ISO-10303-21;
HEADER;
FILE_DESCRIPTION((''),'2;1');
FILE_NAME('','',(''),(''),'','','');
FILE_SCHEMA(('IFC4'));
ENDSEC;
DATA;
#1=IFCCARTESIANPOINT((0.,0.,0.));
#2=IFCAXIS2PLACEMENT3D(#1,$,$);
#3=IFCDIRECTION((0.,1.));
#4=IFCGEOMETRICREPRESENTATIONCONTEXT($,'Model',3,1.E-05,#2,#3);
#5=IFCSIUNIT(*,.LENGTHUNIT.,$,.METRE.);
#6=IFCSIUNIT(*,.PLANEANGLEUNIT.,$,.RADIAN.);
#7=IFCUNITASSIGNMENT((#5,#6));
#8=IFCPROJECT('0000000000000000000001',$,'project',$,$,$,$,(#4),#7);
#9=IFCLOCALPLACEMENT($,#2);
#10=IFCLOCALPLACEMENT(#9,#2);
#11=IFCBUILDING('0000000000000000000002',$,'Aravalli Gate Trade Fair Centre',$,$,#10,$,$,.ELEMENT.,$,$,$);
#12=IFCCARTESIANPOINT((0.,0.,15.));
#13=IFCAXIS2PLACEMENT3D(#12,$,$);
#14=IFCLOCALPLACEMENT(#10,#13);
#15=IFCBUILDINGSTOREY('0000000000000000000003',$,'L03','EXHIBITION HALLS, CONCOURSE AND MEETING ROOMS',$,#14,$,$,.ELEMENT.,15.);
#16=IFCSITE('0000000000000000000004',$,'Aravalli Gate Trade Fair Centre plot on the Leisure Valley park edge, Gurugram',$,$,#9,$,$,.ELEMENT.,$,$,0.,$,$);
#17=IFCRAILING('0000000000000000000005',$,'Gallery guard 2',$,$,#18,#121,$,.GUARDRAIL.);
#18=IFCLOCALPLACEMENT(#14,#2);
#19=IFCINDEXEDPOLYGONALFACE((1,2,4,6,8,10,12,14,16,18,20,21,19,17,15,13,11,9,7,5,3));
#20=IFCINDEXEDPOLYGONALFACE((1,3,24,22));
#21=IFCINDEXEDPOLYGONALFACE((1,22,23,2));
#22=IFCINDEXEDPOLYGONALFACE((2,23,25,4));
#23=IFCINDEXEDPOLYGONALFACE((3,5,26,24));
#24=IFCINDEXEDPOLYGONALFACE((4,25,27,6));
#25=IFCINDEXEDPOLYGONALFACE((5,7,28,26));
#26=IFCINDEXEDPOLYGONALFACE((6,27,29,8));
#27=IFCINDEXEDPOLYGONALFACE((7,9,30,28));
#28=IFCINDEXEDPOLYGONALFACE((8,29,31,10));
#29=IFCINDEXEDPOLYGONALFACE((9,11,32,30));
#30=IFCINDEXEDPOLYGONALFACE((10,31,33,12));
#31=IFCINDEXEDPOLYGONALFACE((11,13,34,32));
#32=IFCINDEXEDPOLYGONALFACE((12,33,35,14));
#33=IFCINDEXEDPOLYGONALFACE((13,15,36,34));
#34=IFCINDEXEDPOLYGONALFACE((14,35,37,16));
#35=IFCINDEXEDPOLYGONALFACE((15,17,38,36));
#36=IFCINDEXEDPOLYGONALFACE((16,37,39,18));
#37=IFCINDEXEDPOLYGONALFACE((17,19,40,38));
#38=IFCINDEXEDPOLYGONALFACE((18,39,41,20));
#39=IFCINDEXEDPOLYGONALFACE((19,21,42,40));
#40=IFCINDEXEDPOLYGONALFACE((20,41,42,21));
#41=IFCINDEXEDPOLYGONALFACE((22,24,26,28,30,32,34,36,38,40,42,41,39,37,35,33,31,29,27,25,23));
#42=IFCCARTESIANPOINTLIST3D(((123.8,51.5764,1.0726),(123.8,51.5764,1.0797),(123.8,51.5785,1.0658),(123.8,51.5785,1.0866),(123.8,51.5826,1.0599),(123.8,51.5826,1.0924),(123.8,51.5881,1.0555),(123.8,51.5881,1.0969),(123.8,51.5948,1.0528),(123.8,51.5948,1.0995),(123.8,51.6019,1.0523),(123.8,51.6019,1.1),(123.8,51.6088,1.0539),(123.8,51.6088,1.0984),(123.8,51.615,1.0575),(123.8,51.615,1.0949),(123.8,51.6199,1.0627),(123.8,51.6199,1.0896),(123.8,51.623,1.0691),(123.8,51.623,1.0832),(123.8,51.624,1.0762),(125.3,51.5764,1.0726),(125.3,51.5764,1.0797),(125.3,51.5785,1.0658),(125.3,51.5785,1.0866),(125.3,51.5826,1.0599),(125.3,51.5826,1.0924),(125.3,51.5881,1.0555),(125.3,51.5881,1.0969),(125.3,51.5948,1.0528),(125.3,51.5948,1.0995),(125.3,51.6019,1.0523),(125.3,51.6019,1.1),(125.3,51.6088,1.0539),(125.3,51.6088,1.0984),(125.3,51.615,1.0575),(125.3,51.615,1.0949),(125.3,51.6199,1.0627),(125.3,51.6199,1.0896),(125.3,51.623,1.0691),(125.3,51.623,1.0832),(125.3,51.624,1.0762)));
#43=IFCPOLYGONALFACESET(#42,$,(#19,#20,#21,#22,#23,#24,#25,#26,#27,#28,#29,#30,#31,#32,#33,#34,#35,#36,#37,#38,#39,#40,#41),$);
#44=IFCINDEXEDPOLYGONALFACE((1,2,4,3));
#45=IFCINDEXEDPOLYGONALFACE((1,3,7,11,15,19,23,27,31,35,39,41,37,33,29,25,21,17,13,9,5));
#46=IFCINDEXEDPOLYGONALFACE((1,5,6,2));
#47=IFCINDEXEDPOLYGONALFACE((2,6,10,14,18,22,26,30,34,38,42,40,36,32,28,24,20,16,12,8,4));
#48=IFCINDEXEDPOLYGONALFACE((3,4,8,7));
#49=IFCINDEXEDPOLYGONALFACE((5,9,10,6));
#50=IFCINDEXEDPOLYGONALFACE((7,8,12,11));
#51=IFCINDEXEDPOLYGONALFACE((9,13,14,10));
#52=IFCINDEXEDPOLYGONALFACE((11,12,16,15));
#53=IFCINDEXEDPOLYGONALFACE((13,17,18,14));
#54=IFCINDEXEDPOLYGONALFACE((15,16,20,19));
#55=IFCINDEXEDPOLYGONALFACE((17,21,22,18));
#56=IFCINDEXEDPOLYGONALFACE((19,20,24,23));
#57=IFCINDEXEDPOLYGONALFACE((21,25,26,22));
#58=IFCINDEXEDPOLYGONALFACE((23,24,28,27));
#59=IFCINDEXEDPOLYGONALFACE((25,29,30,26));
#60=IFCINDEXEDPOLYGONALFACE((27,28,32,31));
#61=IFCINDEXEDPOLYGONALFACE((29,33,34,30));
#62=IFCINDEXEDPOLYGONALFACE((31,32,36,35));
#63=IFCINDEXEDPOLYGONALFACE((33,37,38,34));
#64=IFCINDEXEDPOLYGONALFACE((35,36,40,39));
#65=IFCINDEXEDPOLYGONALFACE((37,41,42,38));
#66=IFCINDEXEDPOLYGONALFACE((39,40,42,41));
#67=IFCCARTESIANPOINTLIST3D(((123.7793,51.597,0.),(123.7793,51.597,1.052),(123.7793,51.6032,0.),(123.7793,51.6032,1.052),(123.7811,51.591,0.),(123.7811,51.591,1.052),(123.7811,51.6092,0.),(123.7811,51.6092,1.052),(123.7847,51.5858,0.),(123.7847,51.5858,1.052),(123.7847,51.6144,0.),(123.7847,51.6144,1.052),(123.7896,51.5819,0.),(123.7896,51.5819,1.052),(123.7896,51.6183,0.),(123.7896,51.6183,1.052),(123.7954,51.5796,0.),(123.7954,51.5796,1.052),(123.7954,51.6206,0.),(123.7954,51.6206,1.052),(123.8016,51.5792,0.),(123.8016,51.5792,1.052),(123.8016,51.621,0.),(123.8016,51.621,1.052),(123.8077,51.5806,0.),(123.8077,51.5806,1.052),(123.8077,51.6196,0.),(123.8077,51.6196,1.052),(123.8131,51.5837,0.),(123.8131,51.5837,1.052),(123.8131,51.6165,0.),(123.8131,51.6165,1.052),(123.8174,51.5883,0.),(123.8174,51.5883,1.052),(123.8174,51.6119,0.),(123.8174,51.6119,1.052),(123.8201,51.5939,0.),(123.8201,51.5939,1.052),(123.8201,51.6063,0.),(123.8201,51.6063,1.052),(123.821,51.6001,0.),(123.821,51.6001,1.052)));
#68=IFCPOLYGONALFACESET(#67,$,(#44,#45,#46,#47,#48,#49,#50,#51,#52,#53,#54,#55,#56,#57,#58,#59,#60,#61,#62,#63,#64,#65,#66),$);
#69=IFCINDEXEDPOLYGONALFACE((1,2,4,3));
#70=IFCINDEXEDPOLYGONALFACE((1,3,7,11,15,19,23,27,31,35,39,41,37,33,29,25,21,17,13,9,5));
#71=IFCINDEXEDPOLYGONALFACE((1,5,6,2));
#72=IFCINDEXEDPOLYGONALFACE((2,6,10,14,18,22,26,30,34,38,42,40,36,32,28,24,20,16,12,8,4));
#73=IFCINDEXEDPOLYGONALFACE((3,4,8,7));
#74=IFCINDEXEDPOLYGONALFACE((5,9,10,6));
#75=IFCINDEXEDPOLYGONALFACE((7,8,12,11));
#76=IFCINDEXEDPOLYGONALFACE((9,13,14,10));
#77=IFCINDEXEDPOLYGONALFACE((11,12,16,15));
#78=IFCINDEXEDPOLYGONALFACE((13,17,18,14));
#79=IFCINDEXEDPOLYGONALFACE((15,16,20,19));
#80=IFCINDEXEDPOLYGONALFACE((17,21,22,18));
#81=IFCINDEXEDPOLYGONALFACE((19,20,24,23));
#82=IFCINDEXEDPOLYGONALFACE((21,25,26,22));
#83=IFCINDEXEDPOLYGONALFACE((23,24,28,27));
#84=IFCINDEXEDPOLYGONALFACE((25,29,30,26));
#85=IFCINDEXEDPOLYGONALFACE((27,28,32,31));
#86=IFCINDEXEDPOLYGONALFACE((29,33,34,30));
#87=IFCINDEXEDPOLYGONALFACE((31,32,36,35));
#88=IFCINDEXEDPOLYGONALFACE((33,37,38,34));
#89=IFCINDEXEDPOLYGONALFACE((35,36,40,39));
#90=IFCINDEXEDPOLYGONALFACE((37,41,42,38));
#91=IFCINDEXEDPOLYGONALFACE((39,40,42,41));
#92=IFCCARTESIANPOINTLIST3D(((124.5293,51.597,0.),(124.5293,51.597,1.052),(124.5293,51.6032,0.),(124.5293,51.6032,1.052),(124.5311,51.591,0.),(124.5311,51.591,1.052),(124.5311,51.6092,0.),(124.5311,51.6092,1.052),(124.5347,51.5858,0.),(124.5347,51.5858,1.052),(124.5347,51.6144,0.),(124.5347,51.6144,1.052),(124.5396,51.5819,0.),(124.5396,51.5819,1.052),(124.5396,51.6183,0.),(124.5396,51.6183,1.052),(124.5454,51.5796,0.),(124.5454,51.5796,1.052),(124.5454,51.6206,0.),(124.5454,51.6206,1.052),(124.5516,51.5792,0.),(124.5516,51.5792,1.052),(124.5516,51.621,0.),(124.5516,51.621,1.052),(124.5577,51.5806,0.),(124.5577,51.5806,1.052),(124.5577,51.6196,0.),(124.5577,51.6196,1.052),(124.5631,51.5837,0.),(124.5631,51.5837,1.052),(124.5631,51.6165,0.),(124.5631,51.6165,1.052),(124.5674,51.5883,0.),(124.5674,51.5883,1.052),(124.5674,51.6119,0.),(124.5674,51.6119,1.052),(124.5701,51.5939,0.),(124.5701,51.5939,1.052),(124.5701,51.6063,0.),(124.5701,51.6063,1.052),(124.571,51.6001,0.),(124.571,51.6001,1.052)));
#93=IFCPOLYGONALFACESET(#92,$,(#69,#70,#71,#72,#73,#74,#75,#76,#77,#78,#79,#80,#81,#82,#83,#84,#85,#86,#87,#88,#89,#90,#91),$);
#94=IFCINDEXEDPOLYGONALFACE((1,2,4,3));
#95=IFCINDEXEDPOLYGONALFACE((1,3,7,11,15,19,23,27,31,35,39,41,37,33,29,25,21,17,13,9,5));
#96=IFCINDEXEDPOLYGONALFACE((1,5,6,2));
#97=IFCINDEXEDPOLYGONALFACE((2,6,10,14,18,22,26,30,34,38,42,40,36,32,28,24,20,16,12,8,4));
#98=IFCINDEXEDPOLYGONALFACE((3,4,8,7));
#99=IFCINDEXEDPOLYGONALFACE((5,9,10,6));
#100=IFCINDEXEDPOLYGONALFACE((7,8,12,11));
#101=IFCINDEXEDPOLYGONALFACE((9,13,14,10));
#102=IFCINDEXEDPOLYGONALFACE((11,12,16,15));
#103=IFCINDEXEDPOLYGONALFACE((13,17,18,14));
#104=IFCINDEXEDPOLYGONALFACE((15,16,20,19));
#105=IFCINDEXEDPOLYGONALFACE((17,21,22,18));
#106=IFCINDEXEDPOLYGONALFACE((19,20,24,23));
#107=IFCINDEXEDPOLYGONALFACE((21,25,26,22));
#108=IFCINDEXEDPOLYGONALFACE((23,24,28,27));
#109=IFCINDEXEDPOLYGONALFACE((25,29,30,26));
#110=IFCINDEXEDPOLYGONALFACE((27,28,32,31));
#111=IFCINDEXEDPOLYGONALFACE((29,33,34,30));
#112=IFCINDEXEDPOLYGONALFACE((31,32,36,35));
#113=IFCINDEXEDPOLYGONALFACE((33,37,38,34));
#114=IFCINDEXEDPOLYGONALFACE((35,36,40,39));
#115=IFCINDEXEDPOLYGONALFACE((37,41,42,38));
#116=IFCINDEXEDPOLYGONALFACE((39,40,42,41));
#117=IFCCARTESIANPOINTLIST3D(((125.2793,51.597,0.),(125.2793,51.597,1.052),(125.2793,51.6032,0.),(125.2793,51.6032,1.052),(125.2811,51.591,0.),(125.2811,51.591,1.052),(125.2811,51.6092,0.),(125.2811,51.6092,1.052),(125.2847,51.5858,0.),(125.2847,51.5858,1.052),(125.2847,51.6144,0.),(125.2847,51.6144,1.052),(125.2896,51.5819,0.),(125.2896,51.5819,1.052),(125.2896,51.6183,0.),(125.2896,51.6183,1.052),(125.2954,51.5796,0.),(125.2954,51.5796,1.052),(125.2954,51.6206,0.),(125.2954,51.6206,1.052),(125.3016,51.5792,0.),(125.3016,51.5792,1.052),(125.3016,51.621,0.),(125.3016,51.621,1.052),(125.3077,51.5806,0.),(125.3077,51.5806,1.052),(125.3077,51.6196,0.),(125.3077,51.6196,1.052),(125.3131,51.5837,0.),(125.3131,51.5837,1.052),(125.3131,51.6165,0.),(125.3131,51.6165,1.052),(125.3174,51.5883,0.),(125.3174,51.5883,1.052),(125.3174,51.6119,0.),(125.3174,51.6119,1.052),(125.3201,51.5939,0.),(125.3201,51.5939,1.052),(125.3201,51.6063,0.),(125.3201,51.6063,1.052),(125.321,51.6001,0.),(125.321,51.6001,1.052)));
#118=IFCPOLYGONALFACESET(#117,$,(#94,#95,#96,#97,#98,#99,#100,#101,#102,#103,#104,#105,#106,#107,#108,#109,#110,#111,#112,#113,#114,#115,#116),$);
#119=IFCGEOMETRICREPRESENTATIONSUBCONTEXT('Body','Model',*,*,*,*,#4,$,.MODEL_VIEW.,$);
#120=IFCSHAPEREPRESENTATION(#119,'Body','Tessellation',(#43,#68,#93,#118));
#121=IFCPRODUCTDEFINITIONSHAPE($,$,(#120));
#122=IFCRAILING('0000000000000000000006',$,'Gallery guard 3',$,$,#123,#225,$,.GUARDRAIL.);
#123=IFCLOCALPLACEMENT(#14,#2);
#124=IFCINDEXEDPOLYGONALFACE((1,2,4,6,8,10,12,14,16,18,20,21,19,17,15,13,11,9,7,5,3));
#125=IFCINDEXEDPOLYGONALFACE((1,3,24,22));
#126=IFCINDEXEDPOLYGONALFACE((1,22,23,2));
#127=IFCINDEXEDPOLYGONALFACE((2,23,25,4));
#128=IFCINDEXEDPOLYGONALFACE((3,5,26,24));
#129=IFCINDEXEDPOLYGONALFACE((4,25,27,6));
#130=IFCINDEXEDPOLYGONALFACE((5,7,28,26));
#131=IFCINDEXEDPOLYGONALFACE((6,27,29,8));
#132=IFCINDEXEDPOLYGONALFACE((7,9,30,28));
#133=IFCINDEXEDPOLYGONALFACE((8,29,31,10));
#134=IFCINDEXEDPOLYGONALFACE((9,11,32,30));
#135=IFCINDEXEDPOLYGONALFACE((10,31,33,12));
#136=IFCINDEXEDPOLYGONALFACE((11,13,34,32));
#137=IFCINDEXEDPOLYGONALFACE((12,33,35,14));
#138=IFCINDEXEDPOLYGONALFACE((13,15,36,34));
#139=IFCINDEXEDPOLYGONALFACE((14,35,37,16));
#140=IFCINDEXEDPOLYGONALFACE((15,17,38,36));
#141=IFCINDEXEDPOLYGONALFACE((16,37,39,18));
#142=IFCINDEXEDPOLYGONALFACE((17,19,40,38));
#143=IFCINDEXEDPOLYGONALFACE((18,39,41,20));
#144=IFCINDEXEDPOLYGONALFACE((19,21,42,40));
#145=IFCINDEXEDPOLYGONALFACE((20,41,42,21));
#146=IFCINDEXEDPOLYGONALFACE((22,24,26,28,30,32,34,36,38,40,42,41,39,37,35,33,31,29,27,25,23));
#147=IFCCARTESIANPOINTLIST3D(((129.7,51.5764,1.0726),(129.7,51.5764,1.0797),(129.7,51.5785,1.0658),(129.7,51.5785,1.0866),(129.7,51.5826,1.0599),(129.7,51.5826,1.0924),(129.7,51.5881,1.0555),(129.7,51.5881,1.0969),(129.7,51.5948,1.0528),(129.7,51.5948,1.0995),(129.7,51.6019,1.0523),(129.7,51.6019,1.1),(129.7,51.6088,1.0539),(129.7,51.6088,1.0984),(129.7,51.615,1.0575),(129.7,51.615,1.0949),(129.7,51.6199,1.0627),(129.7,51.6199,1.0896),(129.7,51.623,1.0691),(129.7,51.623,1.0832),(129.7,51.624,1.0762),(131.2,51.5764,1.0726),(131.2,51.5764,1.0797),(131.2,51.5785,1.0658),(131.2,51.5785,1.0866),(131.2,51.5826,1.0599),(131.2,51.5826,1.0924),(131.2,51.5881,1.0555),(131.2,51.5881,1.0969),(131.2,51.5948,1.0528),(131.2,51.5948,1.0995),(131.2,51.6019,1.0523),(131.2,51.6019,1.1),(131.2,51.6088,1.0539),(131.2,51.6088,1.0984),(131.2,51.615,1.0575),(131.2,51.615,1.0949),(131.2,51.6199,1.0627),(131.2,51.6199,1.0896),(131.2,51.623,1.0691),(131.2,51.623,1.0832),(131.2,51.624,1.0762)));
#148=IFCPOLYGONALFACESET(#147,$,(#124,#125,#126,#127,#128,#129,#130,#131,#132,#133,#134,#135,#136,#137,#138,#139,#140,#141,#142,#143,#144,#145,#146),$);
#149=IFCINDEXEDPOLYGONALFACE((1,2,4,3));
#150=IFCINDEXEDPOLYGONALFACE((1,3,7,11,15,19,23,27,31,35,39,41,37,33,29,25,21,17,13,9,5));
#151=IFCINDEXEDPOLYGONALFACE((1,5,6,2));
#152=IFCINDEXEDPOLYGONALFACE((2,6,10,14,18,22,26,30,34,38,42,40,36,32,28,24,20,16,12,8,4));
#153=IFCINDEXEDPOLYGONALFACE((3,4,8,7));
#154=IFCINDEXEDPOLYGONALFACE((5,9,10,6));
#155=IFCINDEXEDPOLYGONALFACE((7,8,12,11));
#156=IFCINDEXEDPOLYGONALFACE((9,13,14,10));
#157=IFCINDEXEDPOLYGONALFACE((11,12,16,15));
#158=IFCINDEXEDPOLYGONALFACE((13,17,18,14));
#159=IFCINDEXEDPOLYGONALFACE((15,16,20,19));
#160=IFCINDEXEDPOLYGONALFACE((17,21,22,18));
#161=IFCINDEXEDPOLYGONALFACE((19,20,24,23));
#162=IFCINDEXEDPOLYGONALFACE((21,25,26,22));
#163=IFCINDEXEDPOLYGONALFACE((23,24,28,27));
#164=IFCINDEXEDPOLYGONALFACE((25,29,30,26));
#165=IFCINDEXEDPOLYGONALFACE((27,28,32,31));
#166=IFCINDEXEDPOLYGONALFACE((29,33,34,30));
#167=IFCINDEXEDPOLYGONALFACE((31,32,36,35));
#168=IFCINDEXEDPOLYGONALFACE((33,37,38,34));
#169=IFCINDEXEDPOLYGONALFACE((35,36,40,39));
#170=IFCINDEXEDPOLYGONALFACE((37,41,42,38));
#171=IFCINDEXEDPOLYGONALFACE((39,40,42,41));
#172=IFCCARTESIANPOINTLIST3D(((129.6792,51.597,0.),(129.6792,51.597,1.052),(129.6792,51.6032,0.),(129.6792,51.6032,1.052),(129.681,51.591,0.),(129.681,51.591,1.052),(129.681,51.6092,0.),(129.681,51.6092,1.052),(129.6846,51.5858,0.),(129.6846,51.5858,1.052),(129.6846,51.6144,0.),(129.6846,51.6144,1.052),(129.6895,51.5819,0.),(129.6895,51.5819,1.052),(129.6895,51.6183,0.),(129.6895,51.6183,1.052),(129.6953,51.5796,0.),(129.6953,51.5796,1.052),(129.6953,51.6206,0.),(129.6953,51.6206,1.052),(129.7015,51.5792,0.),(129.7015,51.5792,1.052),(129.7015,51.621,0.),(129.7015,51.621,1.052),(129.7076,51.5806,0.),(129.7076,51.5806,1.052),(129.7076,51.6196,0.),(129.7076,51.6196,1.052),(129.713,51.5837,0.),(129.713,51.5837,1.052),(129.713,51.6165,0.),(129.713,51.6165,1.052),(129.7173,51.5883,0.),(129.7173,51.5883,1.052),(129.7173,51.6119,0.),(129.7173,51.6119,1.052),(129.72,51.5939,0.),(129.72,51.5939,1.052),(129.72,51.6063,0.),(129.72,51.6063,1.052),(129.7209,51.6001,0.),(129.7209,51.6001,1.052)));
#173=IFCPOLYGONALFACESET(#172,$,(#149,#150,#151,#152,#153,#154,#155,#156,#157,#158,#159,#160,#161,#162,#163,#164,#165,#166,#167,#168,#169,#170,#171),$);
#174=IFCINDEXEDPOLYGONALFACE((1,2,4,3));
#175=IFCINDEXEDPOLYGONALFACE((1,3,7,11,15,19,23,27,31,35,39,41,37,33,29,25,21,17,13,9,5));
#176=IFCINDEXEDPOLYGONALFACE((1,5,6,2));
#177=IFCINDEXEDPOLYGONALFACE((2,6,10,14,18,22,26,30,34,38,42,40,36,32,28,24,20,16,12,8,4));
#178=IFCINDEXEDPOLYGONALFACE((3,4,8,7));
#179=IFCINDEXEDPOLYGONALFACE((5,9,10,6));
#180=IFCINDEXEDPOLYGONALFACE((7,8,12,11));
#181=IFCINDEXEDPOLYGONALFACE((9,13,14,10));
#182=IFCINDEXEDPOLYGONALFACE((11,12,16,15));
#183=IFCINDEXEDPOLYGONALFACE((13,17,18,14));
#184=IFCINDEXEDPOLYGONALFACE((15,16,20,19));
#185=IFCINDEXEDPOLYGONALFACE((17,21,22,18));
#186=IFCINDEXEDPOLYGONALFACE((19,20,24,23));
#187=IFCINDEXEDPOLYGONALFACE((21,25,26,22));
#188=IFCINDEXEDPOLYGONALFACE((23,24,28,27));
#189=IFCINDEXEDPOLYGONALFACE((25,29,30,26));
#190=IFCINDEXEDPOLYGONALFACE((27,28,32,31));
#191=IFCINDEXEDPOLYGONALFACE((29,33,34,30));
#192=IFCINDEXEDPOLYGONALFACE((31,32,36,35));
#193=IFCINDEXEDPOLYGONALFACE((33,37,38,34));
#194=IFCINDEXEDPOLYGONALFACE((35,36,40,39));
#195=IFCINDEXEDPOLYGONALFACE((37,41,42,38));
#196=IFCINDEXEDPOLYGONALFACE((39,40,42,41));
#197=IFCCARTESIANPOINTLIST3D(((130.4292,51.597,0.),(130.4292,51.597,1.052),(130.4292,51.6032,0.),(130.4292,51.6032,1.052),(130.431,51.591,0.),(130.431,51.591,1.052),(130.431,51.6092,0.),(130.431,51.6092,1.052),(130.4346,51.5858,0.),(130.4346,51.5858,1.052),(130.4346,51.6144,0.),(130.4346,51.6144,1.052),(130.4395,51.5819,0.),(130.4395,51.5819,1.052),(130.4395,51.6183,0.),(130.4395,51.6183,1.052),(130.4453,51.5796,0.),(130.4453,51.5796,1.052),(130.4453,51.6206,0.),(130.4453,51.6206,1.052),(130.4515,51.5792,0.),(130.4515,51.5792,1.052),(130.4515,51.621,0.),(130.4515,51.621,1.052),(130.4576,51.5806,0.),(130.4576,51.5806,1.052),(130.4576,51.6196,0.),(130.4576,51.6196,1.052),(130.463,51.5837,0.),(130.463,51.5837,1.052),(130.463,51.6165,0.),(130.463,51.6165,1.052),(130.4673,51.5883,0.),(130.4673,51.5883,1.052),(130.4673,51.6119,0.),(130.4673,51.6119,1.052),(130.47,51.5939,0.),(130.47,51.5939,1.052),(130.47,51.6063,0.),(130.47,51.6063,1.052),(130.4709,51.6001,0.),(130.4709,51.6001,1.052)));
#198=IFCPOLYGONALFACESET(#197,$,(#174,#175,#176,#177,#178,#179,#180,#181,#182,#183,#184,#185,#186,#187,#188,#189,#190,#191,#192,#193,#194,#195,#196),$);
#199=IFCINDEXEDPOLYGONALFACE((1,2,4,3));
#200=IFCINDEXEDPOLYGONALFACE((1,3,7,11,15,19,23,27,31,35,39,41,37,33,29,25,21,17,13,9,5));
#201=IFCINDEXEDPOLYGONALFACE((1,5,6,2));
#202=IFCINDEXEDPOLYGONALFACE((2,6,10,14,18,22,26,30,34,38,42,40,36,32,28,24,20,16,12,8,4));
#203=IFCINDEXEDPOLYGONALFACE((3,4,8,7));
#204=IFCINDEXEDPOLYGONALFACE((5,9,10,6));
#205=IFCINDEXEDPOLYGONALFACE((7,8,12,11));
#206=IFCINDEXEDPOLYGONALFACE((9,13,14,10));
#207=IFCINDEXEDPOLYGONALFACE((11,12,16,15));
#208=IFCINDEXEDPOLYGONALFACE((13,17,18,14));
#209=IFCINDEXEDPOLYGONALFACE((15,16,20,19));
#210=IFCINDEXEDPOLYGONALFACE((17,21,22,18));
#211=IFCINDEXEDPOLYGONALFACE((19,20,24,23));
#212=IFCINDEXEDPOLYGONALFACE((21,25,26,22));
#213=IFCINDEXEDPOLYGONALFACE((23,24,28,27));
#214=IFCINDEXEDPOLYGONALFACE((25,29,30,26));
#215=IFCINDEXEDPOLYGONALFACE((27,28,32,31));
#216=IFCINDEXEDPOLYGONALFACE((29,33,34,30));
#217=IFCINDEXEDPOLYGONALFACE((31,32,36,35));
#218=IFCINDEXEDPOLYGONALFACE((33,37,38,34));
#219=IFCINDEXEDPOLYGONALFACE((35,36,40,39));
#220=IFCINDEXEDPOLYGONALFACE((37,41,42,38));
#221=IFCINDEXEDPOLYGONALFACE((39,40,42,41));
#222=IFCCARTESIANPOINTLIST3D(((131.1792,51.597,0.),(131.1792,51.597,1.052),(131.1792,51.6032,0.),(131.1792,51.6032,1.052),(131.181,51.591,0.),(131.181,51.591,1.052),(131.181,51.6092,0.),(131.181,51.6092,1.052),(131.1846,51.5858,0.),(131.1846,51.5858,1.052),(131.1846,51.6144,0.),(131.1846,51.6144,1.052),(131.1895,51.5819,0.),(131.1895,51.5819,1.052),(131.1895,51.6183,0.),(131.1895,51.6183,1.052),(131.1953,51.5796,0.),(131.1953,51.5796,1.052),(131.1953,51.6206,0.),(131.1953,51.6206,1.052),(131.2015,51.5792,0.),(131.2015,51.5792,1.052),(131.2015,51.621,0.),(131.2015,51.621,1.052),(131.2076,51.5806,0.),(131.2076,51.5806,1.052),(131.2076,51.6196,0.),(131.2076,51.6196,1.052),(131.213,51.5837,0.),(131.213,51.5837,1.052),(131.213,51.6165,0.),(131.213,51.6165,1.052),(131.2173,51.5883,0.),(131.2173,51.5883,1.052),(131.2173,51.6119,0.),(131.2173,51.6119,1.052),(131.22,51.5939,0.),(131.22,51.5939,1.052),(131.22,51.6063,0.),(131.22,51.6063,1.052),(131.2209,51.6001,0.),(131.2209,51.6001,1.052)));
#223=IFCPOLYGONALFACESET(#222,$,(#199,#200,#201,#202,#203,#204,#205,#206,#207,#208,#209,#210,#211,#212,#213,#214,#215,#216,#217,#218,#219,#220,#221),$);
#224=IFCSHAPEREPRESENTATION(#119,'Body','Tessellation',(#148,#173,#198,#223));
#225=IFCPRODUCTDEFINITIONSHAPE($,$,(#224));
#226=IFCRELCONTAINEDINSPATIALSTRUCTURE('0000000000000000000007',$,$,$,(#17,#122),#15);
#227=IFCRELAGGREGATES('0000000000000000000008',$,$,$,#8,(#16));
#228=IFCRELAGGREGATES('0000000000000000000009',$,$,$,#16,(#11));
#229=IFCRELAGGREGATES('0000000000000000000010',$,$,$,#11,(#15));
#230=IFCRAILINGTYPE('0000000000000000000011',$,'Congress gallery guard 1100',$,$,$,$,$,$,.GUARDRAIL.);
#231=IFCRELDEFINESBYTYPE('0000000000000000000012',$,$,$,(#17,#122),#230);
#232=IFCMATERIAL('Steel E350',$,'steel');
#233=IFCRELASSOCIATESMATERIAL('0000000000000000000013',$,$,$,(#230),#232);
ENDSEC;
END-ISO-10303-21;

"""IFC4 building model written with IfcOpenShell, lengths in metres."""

from ifc_helpers import new_model, si_unit, direction, frame, origin, origin_2d, place, context, subcontext, project, spatial, circle, extrude, material, type_object, element, save


model = new_model("IFC4")

# Units and contexts
model_context = context("Model", 3, precision=1e-05, world=origin(), true_north=direction((0.0, 1.0)))
body_context = subcontext(model_context, "Body", "Model", "MODEL_VIEW")
ifc_project = project(units=[si_unit("LENGTHUNIT", "METRE"), si_unit("PLANEANGLEUNIT", "RADIAN")], contexts=[model_context])

# Site, building, storey
site_placement = place(None, origin())
site = spatial("IfcSite", under=ifc_project, at=site_placement, Name="Aravalli Gate Trade Fair Centre plot on the Leisure Valley park edge, Gurugram", CompositionType="ELEMENT", RefElevation=0.0)
building_placement = place(site_placement, origin())
building = spatial("IfcBuilding", under=site, at=building_placement, Name="Aravalli Gate Trade Fair Centre", CompositionType="ELEMENT")
storey_placement = place(building_placement, frame((0.0, 0.0, 15.0)))
storey = spatial("IfcBuildingStorey", under=building, at=storey_placement, Name="L03", Description="EXHIBITION HALLS, CONCOURSE AND MEETING ROOMS", CompositionType="ELEMENT", Elevation=15.0)

# Railings
ifc_material_1 = material(Name="Steel E350", Category="steel")
railing_type_1 = type_object("IfcRailingType", Name="Congress gallery guard 1100", PredefinedType="GUARDRAIL", material=ifc_material_1)
for number, where, name in (
    (1, (123.8, 51.6001, 0.0), "Gallery guard 2"),
    (2, (129.7, 51.6001, 0.0), "Gallery guard 3"),
):
    element("IfcRailing", number, at=place(storey_placement, frame(where)), inside=storey, type_object=railing_type_1, Name=name, PredefinedType="GUARDRAIL", context=body_context, shape_type="SweptSolid", body=[
        extrude(circle(Radius=0.0239, at=origin_2d()), frame((0.0, 0.0, 1.0762), z_axis=(1.0, 0.0, 0.0), x_axis=(0.0, 1.0, 0.0)), (0.0, 0.0, 1.0), 1.5),
        extrude(circle(Radius=0.021, at=origin_2d()), origin(), (0.0, 0.0, 1.0), 1.052),
        extrude(circle(Radius=0.021, at=origin_2d()), frame((0.75, 0.0, 0.0)), (0.0, 0.0, 1.0), 1.052),
        extrude(circle(Radius=0.021, at=origin_2d()), frame((1.5, 0.0, 0.0)), (0.0, 0.0, 1.0), 1.052),
    ])

save(model, "model.ifc")
